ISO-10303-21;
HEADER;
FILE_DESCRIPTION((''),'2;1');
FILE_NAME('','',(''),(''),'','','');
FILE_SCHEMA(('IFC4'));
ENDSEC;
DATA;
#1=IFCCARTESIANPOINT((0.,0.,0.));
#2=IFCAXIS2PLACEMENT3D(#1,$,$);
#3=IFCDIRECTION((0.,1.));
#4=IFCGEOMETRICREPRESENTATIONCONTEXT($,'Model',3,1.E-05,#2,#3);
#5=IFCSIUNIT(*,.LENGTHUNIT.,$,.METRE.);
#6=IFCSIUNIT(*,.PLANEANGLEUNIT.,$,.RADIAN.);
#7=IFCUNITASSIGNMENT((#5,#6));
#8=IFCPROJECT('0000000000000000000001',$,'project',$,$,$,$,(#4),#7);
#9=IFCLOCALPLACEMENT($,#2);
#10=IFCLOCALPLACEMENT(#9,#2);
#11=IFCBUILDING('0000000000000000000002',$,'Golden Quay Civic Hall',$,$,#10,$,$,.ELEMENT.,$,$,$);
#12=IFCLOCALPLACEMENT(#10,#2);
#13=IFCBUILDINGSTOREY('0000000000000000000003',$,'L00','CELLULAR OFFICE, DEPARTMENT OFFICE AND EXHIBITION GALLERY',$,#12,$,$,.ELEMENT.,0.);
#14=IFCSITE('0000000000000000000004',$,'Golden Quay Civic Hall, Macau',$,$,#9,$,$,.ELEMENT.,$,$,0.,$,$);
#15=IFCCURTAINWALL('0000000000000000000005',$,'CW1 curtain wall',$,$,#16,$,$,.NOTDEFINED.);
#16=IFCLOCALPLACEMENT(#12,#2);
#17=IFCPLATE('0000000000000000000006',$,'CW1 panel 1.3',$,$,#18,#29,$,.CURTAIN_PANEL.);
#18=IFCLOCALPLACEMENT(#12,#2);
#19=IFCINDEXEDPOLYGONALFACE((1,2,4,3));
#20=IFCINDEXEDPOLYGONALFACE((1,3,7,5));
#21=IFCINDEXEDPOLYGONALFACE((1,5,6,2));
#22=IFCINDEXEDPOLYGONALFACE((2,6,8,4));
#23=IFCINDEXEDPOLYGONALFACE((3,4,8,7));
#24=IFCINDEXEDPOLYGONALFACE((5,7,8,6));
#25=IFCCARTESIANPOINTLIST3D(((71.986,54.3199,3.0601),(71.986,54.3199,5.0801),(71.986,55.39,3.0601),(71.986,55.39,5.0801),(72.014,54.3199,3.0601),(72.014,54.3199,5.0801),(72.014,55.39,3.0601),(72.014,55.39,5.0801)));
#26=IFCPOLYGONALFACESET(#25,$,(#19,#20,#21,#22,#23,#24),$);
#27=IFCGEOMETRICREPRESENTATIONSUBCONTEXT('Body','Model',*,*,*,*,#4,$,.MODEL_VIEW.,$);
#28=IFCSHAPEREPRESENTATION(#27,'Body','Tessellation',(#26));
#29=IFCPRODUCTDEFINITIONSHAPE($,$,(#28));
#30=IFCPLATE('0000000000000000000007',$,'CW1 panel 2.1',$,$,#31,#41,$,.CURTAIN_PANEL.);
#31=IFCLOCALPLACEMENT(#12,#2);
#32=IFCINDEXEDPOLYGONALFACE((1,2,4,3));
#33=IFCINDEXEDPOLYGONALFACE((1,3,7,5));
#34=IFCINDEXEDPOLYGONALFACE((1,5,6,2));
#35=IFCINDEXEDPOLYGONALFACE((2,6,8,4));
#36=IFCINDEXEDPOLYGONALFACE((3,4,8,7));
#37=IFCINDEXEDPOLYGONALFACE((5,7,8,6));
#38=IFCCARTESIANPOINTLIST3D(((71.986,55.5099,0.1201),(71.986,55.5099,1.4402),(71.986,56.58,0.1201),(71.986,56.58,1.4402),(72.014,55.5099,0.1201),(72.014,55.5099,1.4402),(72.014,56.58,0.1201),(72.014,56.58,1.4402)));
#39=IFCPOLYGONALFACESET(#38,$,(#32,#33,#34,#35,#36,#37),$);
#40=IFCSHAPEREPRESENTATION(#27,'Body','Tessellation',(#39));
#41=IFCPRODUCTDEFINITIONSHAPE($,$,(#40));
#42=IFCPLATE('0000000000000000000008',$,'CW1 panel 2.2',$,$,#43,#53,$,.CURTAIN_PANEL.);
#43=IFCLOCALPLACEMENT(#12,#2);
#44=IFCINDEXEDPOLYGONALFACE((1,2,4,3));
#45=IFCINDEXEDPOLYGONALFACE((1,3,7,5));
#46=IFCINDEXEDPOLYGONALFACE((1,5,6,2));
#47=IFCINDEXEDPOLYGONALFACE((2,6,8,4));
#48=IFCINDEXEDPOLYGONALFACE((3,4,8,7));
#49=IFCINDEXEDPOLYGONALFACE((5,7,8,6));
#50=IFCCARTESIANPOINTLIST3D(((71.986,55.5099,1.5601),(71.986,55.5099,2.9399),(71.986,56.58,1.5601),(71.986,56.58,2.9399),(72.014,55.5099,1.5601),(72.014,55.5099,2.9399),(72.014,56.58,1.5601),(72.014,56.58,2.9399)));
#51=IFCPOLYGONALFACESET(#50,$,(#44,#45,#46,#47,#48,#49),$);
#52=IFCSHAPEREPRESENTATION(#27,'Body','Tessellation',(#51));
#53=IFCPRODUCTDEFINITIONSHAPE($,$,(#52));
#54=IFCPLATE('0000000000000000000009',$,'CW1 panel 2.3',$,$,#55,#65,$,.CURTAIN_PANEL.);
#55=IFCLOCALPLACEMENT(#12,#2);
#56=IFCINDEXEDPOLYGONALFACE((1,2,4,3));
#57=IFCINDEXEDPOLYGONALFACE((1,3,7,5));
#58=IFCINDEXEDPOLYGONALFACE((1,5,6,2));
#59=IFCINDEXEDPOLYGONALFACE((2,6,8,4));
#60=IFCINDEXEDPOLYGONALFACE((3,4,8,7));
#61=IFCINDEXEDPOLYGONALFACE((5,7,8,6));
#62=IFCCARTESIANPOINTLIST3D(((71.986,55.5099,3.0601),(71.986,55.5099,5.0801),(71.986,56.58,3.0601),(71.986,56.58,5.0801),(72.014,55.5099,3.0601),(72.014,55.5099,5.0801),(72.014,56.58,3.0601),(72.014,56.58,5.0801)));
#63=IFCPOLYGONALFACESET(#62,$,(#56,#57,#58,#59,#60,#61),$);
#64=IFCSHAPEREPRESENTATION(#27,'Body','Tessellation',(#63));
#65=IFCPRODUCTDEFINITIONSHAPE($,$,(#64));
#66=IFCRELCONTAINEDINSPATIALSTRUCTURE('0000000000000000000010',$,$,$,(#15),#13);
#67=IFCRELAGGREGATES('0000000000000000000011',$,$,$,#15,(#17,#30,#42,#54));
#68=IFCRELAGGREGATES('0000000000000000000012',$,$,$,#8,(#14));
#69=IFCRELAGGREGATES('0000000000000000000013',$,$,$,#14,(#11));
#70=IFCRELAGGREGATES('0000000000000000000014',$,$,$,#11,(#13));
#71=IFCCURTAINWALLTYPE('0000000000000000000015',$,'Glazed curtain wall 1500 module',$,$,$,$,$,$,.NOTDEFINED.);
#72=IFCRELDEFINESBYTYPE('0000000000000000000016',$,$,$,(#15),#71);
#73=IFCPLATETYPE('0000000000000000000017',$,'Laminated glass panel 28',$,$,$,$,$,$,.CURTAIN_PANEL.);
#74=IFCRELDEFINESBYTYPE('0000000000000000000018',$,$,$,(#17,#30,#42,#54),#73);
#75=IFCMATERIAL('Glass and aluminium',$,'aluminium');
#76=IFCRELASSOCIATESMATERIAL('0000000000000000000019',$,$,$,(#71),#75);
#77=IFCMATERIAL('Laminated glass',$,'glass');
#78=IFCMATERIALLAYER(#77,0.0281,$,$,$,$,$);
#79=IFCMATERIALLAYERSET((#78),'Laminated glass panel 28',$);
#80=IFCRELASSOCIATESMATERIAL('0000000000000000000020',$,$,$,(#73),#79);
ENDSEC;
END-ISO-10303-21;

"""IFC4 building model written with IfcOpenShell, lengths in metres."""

from ifc_helpers import new_model, si_unit, direction, frame, origin, origin_2d, place, context, subcontext, project, spatial, rectangle, extrude, material, layer, layer_set, type_object, element, aggregate, save


model = new_model("IFC4")

# Units and contexts
model_context = context("Model", 3, precision=1e-05, world=origin(), true_north=direction((0.0, 1.0)))
body_context = subcontext(model_context, "Body", "Model", "MODEL_VIEW")
ifc_project = project(units=[si_unit("LENGTHUNIT", "METRE"), si_unit("PLANEANGLEUNIT", "RADIAN")], contexts=[model_context])

# Site, building, storey
site_placement = place(None, origin())
site = spatial("IfcSite", under=ifc_project, at=site_placement, Name="Golden Quay Civic Hall, Macau", CompositionType="ELEMENT", RefElevation=0.0)
building_placement = place(site_placement, origin())
building = spatial("IfcBuilding", under=site, at=building_placement, Name="Golden Quay Civic Hall", CompositionType="ELEMENT")
storey_placement = place(building_placement, origin())
storey = spatial("IfcBuildingStorey", under=building, at=storey_placement, Name="L00", Description="CELLULAR OFFICE, DEPARTMENT OFFICE AND EXHIBITION GALLERY", CompositionType="ELEMENT", Elevation=0.0)

# Curtain wall
ifc_material_1 = material(Name="Glass and aluminium", Category="aluminium")
curtain_wall_type = type_object("IfcCurtainWallType", Name="Glazed curtain wall 1500 module", PredefinedType="NOTDEFINED", material=ifc_material_1)
curtain_wall_1_placement = place(storey_placement, origin())
curtain_wall_1 = element("IfcCurtainWall", 1, at=curtain_wall_1_placement, inside=storey, type_object=curtain_wall_type, Name="CW1 curtain wall", PredefinedType="NOTDEFINED")

# Plates
ifc_material_2 = material(Name="Laminated glass", Category="glass")
ifc_layer_1 = layer(ifc_material_2, 0.0281)
ifc_layer_set_1 = layer_set([ifc_layer_1], Name="Laminated glass panel 28")
plate_type = type_object("IfcPlateType", Name="Laminated glass panel 28", PredefinedType="CURTAIN_PANEL", material=ifc_layer_set_1)
plate_1_placement = place(storey_placement, frame((72.0, 54.855, 3.0601), z_axis=(0.0, 0.0, 1.0), x_axis=(0.0, 1.0, 0.0)))
plate_1 = element("IfcPlate", 2, at=plate_1_placement, type_object=plate_type, Name="CW1 panel 1.3", PredefinedType="CURTAIN_PANEL", context=body_context, shape_type="SweptSolid", body=[
    extrude(rectangle(XDim=1.0701, YDim=0.0281, at=origin_2d()), origin(), (0.0, 0.0, 1.0), 2.02),
])
plate_2_placement = place(storey_placement, frame((72.0, 56.0449, 0.1201), z_axis=(0.0, 0.0, 1.0), x_axis=(0.0, 1.0, 0.0)))
plate_2 = element("IfcPlate", 3, at=plate_2_placement, type_object=plate_type, Name="CW1 panel 2.1", PredefinedType="CURTAIN_PANEL", context=body_context, shape_type="SweptSolid", body=[
    extrude(rectangle(XDim=1.0701, YDim=0.0281, at=origin_2d()), origin(), (0.0, 0.0, 1.0), 1.3201),
])
plate_3_placement = place(storey_placement, frame((72.0, 56.0449, 1.5601), z_axis=(0.0, 0.0, 1.0), x_axis=(0.0, 1.0, 0.0)))
plate_3 = element("IfcPlate", 4, at=plate_3_placement, type_object=plate_type, Name="CW1 panel 2.2", PredefinedType="CURTAIN_PANEL", context=body_context, shape_type="SweptSolid", body=[
    extrude(rectangle(XDim=1.0701, YDim=0.0281, at=origin_2d()), origin(), (0.0, 0.0, 1.0), 1.3799),
])
plate_4_placement = place(storey_placement, frame((72.0, 56.0449, 3.0601), z_axis=(0.0, 0.0, 1.0), x_axis=(0.0, 1.0, 0.0)))
plate_4 = element("IfcPlate", 5, at=plate_4_placement, type_object=plate_type, Name="CW1 panel 2.3", PredefinedType="CURTAIN_PANEL", context=body_context, shape_type="SweptSolid", body=[
    extrude(rectangle(XDim=1.0701, YDim=0.0281, at=origin_2d()), origin(), (0.0, 0.0, 1.0), 2.02),
])
aggregate(curtain_wall_1, [plate_1, plate_2, plate_3, plate_4])

save(model, "model.ifc")
